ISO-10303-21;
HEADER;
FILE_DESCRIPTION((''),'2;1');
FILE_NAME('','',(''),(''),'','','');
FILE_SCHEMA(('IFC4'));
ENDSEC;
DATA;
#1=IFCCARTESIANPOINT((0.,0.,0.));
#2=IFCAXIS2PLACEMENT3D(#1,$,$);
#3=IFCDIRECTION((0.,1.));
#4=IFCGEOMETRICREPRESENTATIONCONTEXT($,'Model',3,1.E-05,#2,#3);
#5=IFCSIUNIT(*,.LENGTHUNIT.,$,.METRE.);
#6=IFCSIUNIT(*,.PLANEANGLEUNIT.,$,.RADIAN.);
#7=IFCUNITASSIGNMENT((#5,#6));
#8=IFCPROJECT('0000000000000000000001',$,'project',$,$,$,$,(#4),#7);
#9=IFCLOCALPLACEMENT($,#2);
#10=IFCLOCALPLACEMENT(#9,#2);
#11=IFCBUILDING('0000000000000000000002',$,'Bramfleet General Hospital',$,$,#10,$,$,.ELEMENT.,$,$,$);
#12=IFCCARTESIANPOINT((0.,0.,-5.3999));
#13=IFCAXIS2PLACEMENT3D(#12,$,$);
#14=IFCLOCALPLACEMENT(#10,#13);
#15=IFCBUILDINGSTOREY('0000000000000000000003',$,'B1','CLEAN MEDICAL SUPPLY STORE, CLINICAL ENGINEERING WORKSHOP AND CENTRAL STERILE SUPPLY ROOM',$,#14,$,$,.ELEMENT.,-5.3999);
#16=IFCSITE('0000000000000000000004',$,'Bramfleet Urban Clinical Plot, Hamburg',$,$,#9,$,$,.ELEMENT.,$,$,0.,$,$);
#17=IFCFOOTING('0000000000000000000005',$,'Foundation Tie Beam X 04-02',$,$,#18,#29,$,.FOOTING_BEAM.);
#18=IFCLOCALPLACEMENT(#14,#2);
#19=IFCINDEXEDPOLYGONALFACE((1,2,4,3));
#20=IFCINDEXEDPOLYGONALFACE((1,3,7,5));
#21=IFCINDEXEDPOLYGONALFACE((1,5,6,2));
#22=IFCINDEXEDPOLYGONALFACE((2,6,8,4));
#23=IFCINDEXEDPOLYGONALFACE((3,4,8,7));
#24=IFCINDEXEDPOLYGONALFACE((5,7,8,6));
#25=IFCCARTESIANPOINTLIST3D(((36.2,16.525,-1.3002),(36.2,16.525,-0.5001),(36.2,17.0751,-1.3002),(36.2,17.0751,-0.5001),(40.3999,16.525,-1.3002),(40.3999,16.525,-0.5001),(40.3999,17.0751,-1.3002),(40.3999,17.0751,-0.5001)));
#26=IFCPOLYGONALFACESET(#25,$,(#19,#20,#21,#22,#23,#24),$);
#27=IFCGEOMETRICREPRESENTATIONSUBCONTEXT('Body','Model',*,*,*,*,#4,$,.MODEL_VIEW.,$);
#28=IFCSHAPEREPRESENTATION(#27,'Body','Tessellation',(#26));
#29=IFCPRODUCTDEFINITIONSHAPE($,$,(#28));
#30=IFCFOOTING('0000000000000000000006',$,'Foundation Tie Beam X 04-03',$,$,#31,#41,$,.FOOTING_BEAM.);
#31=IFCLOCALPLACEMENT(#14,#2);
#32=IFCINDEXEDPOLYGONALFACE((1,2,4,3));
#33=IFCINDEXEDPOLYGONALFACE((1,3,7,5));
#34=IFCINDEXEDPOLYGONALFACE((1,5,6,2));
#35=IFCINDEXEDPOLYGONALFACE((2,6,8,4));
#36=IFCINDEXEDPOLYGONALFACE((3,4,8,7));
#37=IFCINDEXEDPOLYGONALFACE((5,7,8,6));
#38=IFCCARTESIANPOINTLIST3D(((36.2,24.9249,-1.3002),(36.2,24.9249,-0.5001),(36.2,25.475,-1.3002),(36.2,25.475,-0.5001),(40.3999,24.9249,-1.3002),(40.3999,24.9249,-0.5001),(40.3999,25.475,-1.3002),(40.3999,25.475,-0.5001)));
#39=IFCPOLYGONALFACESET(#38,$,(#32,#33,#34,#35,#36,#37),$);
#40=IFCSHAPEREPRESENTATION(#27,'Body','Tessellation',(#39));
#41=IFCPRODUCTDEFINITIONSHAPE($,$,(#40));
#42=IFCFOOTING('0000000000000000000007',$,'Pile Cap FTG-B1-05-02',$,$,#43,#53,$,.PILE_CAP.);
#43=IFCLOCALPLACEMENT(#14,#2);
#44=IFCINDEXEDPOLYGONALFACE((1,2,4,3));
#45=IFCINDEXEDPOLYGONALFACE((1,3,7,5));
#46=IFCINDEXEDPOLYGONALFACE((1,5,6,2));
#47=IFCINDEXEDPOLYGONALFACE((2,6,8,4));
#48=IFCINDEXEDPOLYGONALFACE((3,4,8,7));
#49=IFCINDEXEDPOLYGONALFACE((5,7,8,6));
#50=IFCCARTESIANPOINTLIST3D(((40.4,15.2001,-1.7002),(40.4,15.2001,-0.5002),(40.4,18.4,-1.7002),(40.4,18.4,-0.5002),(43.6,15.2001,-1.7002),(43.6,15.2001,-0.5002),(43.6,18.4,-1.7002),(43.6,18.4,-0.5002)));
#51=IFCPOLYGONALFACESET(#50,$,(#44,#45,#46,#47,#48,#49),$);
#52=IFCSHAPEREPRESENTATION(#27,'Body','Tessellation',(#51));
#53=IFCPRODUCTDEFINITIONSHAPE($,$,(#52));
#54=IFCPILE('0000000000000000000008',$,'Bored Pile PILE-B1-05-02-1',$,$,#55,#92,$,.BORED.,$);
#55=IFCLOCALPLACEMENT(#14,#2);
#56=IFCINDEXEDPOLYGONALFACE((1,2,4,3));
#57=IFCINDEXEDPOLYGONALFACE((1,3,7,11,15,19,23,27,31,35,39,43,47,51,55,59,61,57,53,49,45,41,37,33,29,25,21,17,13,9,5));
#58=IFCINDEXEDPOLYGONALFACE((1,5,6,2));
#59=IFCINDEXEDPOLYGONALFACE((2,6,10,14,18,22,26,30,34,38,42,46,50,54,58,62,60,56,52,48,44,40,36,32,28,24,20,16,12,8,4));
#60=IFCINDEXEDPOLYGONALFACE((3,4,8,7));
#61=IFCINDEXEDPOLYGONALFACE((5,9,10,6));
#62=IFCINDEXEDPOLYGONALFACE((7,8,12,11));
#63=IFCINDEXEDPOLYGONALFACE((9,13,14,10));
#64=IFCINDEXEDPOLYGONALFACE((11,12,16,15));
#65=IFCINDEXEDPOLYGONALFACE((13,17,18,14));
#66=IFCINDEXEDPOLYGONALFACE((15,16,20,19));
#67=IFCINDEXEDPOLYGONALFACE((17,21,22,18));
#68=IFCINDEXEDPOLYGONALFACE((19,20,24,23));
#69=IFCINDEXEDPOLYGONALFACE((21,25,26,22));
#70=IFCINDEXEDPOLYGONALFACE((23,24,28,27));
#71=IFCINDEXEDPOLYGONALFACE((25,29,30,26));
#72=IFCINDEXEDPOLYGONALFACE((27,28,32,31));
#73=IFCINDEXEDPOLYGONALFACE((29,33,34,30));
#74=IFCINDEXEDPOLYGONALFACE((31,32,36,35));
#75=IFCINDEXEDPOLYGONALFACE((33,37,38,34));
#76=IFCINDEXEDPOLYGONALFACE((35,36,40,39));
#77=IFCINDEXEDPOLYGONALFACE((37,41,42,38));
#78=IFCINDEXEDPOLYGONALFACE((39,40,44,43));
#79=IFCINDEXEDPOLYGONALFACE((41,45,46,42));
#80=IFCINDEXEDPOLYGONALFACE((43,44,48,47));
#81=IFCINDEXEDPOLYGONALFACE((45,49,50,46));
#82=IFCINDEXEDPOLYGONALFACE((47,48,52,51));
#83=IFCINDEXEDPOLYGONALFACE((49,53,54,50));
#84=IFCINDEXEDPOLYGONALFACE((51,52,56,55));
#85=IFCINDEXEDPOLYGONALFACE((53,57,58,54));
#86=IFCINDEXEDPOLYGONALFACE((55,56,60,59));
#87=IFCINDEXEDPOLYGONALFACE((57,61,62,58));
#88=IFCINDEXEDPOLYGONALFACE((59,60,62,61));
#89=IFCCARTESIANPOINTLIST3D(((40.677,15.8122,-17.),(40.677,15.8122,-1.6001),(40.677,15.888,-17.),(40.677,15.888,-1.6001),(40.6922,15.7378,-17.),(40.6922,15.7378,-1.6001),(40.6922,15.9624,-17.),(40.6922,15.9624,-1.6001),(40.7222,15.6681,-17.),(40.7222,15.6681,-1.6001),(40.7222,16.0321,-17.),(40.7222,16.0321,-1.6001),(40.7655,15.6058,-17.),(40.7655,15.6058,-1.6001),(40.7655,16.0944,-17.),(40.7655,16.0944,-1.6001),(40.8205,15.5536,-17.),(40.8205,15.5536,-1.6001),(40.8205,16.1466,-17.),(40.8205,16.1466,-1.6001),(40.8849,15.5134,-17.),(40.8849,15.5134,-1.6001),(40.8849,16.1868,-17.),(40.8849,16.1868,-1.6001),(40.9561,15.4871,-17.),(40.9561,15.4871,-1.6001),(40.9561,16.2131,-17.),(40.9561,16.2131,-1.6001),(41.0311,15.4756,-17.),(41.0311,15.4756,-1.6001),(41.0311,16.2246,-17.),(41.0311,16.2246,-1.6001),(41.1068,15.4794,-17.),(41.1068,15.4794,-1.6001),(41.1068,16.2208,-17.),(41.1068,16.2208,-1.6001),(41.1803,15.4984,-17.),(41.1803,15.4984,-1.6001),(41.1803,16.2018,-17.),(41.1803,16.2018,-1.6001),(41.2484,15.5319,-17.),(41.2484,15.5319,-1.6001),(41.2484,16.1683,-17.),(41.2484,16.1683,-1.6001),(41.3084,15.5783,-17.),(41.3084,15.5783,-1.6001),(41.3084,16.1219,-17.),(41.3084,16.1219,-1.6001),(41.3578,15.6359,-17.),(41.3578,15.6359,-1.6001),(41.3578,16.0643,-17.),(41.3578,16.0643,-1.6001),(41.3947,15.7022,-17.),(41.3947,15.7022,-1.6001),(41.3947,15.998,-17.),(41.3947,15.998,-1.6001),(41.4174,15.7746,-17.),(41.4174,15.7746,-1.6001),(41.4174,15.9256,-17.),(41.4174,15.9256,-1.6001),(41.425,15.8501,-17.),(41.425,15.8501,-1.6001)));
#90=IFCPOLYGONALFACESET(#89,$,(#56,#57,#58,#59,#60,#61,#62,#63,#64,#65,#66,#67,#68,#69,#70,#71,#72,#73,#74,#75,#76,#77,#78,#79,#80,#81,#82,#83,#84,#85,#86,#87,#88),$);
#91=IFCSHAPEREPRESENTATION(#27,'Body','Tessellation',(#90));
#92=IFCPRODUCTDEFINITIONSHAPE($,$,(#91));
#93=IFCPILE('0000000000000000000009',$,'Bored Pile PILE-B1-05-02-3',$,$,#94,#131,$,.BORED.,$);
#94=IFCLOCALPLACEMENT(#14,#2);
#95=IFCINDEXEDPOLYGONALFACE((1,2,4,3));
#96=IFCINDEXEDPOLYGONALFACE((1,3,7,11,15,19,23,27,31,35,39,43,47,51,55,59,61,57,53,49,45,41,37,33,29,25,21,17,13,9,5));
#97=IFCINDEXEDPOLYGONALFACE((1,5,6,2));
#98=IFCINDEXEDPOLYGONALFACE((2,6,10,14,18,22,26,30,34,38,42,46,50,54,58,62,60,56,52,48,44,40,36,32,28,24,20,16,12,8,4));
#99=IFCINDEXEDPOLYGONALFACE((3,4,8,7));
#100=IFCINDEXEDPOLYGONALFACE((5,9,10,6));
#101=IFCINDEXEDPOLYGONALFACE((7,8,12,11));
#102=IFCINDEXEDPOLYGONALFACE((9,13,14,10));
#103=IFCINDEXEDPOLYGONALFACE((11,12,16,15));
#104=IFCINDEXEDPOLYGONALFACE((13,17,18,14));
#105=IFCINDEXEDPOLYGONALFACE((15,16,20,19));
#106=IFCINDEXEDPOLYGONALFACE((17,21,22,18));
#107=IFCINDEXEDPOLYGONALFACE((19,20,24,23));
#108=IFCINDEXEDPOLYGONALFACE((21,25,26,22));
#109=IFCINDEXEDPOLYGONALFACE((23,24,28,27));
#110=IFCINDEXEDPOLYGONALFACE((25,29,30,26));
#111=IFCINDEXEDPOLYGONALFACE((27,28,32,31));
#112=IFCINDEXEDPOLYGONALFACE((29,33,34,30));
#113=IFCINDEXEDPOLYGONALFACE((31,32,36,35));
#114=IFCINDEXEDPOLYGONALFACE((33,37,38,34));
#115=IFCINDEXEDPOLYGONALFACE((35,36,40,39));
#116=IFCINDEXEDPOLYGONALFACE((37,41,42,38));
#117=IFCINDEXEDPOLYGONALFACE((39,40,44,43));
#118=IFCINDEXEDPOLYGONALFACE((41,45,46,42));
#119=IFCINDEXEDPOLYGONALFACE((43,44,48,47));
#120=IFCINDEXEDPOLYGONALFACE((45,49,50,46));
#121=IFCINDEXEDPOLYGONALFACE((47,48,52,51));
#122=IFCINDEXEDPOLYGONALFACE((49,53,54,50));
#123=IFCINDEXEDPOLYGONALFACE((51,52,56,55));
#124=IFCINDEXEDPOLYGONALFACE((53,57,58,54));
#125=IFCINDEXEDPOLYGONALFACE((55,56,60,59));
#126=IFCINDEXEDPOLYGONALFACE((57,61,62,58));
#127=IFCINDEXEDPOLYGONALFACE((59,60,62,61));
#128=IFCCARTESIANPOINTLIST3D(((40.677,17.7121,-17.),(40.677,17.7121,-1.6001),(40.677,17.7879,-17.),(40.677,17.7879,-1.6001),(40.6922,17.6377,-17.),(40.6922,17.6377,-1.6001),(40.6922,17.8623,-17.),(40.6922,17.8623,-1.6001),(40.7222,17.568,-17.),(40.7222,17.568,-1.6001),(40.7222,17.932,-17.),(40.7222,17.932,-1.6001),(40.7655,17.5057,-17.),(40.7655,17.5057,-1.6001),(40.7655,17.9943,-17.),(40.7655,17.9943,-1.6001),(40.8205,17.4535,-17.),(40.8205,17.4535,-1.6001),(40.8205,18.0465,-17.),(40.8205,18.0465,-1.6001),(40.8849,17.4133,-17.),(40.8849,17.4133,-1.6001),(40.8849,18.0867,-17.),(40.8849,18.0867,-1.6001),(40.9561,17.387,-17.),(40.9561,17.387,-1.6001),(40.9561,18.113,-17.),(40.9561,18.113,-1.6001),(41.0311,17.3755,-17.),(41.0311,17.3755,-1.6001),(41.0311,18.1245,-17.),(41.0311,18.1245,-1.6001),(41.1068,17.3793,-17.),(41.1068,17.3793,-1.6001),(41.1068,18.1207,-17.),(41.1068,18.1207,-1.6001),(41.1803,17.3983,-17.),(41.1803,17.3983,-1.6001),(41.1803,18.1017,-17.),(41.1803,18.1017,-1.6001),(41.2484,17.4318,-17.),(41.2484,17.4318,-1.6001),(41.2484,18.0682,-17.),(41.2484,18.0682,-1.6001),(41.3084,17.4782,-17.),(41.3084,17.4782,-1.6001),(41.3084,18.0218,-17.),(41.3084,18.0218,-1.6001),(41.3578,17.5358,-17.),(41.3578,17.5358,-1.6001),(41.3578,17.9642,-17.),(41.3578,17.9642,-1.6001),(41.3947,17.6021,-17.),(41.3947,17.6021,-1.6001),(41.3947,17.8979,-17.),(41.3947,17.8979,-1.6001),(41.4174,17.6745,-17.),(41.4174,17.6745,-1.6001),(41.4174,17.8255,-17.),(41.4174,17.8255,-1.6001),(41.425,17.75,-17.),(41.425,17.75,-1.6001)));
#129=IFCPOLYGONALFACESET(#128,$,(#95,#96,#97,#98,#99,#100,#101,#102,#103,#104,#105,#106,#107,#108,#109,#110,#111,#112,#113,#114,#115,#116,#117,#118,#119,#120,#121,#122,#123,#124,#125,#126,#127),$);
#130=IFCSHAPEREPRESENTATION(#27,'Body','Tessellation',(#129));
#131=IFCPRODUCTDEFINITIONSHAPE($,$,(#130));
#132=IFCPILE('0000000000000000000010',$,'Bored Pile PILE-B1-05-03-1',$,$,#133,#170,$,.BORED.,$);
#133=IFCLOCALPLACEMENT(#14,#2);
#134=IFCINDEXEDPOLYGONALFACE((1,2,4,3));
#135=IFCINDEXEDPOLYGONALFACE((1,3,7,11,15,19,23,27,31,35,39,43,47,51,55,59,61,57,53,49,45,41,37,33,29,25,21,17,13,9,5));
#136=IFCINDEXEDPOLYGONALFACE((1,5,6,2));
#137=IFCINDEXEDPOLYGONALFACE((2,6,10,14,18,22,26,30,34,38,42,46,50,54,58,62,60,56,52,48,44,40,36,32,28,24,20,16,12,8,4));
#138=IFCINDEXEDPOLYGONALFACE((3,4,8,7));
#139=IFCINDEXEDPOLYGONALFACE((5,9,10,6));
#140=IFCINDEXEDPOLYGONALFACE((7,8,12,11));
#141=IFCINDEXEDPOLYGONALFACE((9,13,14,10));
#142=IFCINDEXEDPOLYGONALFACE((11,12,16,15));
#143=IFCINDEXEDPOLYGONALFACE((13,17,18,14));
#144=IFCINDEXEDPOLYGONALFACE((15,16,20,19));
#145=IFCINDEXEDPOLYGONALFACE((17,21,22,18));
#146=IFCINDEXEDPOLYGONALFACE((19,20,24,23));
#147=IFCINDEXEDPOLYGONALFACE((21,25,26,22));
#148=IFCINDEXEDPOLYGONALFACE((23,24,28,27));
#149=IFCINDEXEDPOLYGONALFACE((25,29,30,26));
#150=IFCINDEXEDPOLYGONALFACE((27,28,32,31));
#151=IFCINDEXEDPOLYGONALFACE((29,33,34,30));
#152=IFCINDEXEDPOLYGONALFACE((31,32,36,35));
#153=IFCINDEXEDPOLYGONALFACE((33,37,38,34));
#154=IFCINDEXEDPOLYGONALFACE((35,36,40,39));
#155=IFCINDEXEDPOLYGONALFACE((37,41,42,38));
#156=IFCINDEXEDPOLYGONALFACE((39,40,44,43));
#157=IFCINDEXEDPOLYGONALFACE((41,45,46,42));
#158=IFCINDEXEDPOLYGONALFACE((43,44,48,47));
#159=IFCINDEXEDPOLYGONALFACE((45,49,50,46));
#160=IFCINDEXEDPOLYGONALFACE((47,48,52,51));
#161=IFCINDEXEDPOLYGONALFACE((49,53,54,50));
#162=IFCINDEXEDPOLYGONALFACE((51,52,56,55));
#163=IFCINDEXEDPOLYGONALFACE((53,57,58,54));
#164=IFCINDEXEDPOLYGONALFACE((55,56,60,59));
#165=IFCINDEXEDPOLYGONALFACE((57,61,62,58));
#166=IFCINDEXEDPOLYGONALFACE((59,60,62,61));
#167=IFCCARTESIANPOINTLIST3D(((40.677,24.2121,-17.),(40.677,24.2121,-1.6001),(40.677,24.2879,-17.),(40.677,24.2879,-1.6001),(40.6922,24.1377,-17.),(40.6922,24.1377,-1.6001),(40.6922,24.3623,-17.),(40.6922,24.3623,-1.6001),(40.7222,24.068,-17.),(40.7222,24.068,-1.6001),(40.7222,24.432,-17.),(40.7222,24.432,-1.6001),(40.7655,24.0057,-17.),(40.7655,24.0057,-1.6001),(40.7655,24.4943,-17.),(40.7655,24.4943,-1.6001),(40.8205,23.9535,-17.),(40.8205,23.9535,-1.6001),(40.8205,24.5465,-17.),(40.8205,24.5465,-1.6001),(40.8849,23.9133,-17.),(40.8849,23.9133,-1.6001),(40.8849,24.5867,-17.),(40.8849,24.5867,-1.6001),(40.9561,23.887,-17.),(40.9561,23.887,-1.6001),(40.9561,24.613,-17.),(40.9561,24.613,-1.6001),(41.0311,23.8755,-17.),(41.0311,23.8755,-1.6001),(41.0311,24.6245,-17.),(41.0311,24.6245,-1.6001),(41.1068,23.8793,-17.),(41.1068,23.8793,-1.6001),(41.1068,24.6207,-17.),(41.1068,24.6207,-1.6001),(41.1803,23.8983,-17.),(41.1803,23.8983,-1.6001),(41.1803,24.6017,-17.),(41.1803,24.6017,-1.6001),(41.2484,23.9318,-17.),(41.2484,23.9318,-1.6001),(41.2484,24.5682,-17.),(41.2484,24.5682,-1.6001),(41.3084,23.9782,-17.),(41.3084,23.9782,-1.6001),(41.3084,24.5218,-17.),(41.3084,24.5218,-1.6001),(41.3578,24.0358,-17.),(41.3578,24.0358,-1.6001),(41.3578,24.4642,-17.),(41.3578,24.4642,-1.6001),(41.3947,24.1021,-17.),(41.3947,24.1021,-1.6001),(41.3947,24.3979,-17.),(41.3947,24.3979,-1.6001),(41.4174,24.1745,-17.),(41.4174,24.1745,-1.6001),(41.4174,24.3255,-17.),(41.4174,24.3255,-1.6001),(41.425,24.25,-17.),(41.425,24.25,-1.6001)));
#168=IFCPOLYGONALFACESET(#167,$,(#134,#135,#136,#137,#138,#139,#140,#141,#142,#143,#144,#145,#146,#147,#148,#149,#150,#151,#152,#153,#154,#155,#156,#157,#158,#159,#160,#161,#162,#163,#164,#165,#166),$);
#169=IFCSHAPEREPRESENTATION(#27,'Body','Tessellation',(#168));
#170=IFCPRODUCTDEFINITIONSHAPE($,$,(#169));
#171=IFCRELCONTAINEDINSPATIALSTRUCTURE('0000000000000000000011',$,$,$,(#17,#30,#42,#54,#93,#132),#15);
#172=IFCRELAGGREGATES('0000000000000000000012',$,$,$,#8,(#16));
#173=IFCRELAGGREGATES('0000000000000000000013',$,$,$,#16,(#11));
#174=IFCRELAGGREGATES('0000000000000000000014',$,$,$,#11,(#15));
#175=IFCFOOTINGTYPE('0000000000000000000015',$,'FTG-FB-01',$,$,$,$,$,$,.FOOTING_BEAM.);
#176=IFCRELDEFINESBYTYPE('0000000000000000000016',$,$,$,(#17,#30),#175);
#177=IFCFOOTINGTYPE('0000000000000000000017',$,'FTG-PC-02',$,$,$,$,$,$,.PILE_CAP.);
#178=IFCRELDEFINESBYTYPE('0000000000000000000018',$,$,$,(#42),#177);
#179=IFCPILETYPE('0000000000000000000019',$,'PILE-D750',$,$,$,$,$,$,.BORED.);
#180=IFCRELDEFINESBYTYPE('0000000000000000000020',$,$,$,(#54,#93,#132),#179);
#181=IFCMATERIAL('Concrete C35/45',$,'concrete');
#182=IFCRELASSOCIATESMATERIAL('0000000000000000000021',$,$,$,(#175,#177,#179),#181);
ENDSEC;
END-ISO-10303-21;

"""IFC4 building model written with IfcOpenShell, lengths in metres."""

from ifc_helpers import new_model, si_unit, direction, frame, origin, origin_2d, place, context, subcontext, project, spatial, rectangle, circle, extrude, material, material_profile, profile_set, type_object, element, save


model = new_model("IFC4")

# Units and contexts
model_context = context("Model", 3, precision=1e-05, world=origin(), true_north=direction((0.0, 1.0)))
body_context = subcontext(model_context, "Body", "Model", "MODEL_VIEW")
ifc_project = project(units=[si_unit("LENGTHUNIT", "METRE"), si_unit("PLANEANGLEUNIT", "RADIAN")], contexts=[model_context])

# Site, building, storey
site_placement = place(None, origin())
site = spatial("IfcSite", under=ifc_project, at=site_placement, Name="Bramfleet Urban Clinical Plot, Hamburg", CompositionType="ELEMENT", RefElevation=0.0)
building_placement = place(site_placement, origin())
building = spatial("IfcBuilding", under=site, at=building_placement, Name="Bramfleet General Hospital", CompositionType="ELEMENT")
storey_placement = place(building_placement, frame((0.0, 0.0, -5.3999)))
storey = spatial("IfcBuildingStorey", under=building, at=storey_placement, Name="B1", Description="CLEAN MEDICAL SUPPLY STORE, CLINICAL ENGINEERING WORKSHOP AND CENTRAL STERILE SUPPLY ROOM", CompositionType="ELEMENT", Elevation=-5.3999)

# Footings
ifc_material_1 = material(Name="Concrete C35/45", Category="concrete")
ifc_material_profile_1 = material_profile(ifc_material_1, rectangle(XDim=0.55, YDim=0.8, at=origin_2d()), Name="RC FB 800x550")
ifc_profile_set_1 = profile_set([ifc_material_profile_1], Name="Concrete C35/45")
footing_type_1 = type_object("IfcFootingType", Name="FTG-FB-01", PredefinedType="FOOTING_BEAM", material=ifc_profile_set_1)
for number, where, z_axis, x_axis, name in (
    (1, (36.2, 16.8, -0.9001), (1.0, 0.0, 0.0), (0.0, 1.0, 0.0), "Foundation Tie Beam X 04-02"),
    (2, (36.2, 25.2, -0.9001), (1.0, 0.0, 0.0), (0.0, 1.0, 0.0), "Foundation Tie Beam X 04-03"),
):
    element("IfcFooting", number, at=place(storey_placement, frame(where, z_axis=z_axis, x_axis=x_axis)), inside=storey, type_object=footing_type_1, Name=name, PredefinedType="FOOTING_BEAM", context=body_context, shape_type="SweptSolid", body=[
        extrude(rectangle(XDim=0.55, YDim=0.8, at=origin_2d()), origin(), (0.0, 0.0, 1.0), 4.2),
    ])
footing_type_2 = type_object("IfcFootingType", Name="FTG-PC-02", PredefinedType="PILE_CAP", material=ifc_material_1)
footing_placement = place(storey_placement, frame((42.0, 16.8, -1.7002), z_axis=(0.0, 0.0, 1.0), x_axis=(1.0, 0.0, 0.0)))
element("IfcFooting", 3, at=footing_placement, inside=storey, type_object=footing_type_2, Name="Pile Cap FTG-B1-05-02", PredefinedType="PILE_CAP", context=body_context, shape_type="SweptSolid", body=[
    extrude(rectangle(XDim=3.2, YDim=3.2, at=origin_2d()), origin(), (0.0, 0.0, 1.0), 1.2),
])

# Piles
ifc_material_profile_2 = material_profile(ifc_material_1, circle(Radius=0.375, at=origin_2d()), Name="PILE BORED D750")
ifc_profile_set_2 = profile_set([ifc_material_profile_2], Name="Concrete C35/45")
pile_type_1 = type_object("IfcPileType", Name="PILE-D750", PredefinedType="BORED", material=ifc_profile_set_2)
for number, where, z_axis, x_axis, name in (
    (4, (41.05, 15.8501, -1.6001), (0.0, 0.0, -1.0), (1.0, 0.0, 0.0), "Bored Pile PILE-B1-05-02-1"),
    (5, (41.05, 17.75, -1.6001), (0.0, 0.0, -1.0), (1.0, 0.0, 0.0), "Bored Pile PILE-B1-05-02-3"),
    (6, (41.05, 24.25, -1.6001), (0.0, 0.0, -1.0), (1.0, 0.0, 0.0), "Bored Pile PILE-B1-05-03-1"),
):
    element("IfcPile", number, at=place(storey_placement, frame(where, z_axis=z_axis, x_axis=x_axis)), inside=storey, type_object=pile_type_1, Name=name, PredefinedType="BORED", context=body_context, shape_type="SweptSolid", body=[
        extrude(circle(Radius=0.375, at=origin_2d()), origin(), (0.0, 0.0, 1.0), 15.3999),
    ])

save(model, "model.ifc")
